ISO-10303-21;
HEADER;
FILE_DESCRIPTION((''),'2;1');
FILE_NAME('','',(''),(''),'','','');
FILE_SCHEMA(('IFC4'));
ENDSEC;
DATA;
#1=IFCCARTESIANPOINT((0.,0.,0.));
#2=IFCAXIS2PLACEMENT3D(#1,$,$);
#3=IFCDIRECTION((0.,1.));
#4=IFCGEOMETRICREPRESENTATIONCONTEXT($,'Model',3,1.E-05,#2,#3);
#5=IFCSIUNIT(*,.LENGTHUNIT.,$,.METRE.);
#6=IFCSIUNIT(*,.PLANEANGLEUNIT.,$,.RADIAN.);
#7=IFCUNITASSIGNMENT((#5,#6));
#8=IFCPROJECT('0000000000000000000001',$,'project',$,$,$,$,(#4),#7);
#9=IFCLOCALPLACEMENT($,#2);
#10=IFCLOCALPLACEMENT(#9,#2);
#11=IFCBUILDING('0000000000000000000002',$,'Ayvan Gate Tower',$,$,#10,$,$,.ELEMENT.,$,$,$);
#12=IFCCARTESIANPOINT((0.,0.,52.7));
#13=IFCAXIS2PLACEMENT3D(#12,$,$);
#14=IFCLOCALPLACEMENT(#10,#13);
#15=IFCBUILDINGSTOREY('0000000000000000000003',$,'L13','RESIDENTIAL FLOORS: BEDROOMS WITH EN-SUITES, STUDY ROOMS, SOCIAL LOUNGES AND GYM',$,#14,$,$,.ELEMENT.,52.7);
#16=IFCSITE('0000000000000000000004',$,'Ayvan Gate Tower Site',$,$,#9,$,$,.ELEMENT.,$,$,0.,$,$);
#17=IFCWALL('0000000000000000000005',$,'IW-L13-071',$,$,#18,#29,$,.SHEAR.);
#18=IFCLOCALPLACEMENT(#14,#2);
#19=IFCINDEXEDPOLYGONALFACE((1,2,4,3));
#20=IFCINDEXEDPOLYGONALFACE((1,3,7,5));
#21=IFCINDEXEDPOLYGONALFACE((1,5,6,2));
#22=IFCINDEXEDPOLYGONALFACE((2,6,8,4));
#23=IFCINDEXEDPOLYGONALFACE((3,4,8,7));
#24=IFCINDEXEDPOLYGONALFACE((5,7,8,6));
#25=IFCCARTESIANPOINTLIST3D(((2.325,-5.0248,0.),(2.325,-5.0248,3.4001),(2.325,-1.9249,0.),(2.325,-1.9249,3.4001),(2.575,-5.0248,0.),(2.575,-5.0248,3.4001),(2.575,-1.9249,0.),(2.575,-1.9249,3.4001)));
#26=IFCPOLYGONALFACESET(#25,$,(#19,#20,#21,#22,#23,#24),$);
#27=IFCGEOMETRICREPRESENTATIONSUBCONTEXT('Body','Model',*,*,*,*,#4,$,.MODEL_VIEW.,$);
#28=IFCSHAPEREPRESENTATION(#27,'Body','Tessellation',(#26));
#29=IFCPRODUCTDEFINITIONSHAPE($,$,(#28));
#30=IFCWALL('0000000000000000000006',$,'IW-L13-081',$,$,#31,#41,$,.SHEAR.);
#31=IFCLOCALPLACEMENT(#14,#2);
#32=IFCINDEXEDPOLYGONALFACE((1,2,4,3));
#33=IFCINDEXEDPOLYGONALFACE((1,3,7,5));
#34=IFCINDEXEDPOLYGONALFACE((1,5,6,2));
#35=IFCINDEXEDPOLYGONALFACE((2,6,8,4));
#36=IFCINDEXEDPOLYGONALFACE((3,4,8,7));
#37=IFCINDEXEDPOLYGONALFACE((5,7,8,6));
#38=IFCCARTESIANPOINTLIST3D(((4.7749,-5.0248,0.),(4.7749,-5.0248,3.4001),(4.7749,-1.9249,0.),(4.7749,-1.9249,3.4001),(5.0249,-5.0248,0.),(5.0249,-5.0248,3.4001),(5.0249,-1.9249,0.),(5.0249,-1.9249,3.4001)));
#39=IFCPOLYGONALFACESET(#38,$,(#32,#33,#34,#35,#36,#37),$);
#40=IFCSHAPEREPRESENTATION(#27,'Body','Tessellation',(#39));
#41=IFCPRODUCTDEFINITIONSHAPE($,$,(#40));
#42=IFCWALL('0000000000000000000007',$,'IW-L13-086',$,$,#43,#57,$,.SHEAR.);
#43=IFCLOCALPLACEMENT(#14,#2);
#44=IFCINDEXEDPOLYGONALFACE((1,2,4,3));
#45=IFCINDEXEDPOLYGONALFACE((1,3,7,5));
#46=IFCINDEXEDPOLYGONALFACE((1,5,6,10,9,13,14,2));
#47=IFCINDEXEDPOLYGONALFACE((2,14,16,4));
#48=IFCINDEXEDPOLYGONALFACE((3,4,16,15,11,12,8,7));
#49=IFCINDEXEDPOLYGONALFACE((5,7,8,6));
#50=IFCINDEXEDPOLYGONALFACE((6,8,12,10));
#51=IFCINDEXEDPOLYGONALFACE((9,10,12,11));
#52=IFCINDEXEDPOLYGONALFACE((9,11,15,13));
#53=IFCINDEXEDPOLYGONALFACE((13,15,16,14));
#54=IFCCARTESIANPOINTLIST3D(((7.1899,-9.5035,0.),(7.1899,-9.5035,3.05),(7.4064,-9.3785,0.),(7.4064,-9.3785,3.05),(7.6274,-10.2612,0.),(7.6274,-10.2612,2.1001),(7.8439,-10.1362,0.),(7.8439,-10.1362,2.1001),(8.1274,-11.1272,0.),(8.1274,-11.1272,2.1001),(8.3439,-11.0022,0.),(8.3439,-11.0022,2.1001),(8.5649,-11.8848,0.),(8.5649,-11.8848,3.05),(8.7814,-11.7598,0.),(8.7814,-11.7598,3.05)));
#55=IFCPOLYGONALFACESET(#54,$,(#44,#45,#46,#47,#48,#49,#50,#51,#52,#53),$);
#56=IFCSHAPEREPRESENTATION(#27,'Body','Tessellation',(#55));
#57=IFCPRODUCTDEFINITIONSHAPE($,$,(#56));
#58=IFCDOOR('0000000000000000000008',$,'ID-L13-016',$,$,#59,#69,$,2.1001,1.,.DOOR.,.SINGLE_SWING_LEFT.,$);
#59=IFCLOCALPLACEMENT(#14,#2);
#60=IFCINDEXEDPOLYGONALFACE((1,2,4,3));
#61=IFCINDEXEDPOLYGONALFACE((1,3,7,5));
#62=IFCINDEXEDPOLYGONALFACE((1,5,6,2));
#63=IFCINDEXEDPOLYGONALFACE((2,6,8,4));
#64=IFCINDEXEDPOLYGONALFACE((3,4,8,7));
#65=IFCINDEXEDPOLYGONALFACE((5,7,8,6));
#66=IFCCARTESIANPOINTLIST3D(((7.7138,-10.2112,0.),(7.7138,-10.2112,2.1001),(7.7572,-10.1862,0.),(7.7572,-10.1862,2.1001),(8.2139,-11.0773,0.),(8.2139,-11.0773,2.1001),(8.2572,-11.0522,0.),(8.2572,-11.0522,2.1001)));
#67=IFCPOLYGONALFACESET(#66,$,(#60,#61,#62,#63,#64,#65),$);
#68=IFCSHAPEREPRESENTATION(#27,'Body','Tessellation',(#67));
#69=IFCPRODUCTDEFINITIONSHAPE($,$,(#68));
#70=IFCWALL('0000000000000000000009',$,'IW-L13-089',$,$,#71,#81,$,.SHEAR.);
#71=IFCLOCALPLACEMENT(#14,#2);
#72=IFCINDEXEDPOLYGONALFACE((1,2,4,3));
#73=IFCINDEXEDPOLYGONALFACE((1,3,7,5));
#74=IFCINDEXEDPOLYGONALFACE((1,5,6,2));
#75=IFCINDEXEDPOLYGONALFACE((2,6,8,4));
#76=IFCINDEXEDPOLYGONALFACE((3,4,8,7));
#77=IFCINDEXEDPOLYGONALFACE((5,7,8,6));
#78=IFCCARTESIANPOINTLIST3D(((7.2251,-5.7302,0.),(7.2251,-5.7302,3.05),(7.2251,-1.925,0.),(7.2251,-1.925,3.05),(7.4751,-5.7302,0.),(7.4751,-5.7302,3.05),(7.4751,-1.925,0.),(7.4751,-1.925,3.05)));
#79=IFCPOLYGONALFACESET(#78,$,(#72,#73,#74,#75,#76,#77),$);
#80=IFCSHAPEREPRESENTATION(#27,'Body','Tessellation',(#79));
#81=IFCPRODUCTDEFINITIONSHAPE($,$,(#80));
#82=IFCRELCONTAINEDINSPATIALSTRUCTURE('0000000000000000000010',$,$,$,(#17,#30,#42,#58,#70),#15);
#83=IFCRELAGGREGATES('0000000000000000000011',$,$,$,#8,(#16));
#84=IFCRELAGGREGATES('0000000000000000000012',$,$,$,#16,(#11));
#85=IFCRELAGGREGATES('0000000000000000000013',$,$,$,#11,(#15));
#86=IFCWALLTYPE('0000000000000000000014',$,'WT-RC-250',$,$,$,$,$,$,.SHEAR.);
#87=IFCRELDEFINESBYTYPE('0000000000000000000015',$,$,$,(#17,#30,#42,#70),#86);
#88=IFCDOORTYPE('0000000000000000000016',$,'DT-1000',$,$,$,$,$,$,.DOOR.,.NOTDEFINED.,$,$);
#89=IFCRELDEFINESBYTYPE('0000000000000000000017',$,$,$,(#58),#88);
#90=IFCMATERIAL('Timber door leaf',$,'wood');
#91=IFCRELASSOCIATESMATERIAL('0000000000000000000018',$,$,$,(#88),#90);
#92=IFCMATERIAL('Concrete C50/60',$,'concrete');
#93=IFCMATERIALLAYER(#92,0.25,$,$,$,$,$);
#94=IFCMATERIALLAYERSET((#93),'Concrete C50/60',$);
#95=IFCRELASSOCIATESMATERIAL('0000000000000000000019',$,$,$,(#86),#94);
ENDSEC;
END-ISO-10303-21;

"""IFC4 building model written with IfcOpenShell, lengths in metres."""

from ifc_helpers import new_model, si_unit, direction, frame, frame_2d, origin, place, context, subcontext, project, spatial, rectangle, extrude, material, layer, layer_set, type_object, element, fill, save


model = new_model("IFC4")

# Units and contexts
model_context = context("Model", 3, precision=1e-05, world=origin(), true_north=direction((0.0, 1.0)))
body_context = subcontext(model_context, "Body", "Model", "MODEL_VIEW")
ifc_project = project(units=[si_unit("LENGTHUNIT", "METRE"), si_unit("PLANEANGLEUNIT", "RADIAN")], contexts=[model_context])

# Site, building, storey
site_placement = place(None, origin())
site = spatial("IfcSite", under=ifc_project, at=site_placement, Name="Ayvan Gate Tower Site", CompositionType="ELEMENT", RefElevation=0.0)
building_placement = place(site_placement, origin())
building = spatial("IfcBuilding", under=site, at=building_placement, Name="Ayvan Gate Tower", CompositionType="ELEMENT")
storey_placement = place(building_placement, frame((0.0, 0.0, 52.7)))
storey = spatial("IfcBuildingStorey", under=building, at=storey_placement, Name="L13", Description="RESIDENTIAL FLOORS: BEDROOMS WITH EN-SUITES, STUDY ROOMS, SOCIAL LOUNGES AND GYM", CompositionType="ELEMENT", Elevation=52.7)

# Shared definitions
ifc_material_1 = material(Name="Timber door leaf", Category="wood")

# Shared definitions
door_type_1 = type_object("IfcDoorType", Name="DT-1000", OperationType="NOTDEFINED", PredefinedType="DOOR", material=ifc_material_1)

# Shared definitions
ifc_material_2 = material(Name="Concrete C50/60", Category="concrete")
ifc_layer_1 = layer(ifc_material_2, 0.25)
ifc_layer_set_1 = layer_set([ifc_layer_1], Name="Concrete C50/60")
wall_type_1 = type_object("IfcWallType", Name="WT-RC-250", PredefinedType="SHEAR", material=ifc_layer_set_1)

# Walls
for number, where, z_axis, x_axis, name in (
    (1, (2.45, -1.925, 0.0), (0.0, 0.0, 1.0), (0.0, -1.0, 0.0), "IW-L13-071"),
    (2, (4.8999, -1.925, 0.0), (0.0, 0.0, 1.0), (0.0, -1.0, 0.0), "IW-L13-081"),
):
    element("IfcWall", number, at=place(storey_placement, frame(where, z_axis=z_axis, x_axis=x_axis)), inside=storey, type_object=wall_type_1, Name=name, PredefinedType="SHEAR", context=body_context, shape_type="SweptSolid", body=[
        extrude(rectangle(XDim=3.0999, YDim=0.25, at=frame_2d((1.5498, 0.0))), origin(), (0.0, 0.0, 1.0), 3.4001),
    ])

# Wall, opening, door
wall_1_placement = place(storey_placement, frame((7.2981, -9.4409, 0.0), z_axis=(0.0, 0.0, 1.0), x_axis=(0.500035, -0.866005, 0.0)))
wall_1 = element("IfcWall", 3, at=wall_1_placement, inside=storey, type_object=wall_type_1, Name="IW-L13-086", PredefinedType="SHEAR", context=body_context, shape_type="SweptSolid", body=[
    extrude(rectangle(XDim=2.7498, YDim=0.25, at=frame_2d((1.375, 0.0))), origin(), (0.0, 0.0, 1.0), 3.05),
])
opening_1_placement = place(wall_1_placement, frame((0.875, 0.0, 0.0)))
opening_1 = element("IfcOpeningElement", 4, at=opening_1_placement, cuts=wall_1, PredefinedType="OPENING", context=body_context, shape_type="SweptSolid", body=[
    extrude(rectangle(XDim=1.0, YDim=2.1001, at=frame_2d((0.5, 1.05))), frame((0.0, 0.135, 0.0), z_axis=(0.0, -1.0, 0.0), x_axis=(1.0, 0.0, 0.0)), (0.0, 0.0, 1.0), 0.27),
])
door_1_placement = place(opening_1_placement, origin())
door_1 = element("IfcDoor", 5, at=door_1_placement, inside=storey, type_object=door_type_1, Name="ID-L13-016", OperationType="SINGLE_SWING_LEFT", OverallHeight=2.1001, OverallWidth=1.0, PredefinedType="DOOR", context=body_context, shape_type="SweptSolid", body=[
    extrude(rectangle(XDim=1.0, YDim=2.1001, at=frame_2d((0.5, 1.05))), frame((0.0, 0.0249, 0.0), z_axis=(0.0, -1.0, 0.0), x_axis=(1.0, 0.0, 0.0)), (0.0, 0.0, 1.0), 0.05),
])
fill(opening_1, door_1)

# Wall
wall_2_placement = place(storey_placement, frame((7.3501, -1.925, 0.0), z_axis=(0.0, 0.0, 1.0), x_axis=(0.0, -1.0, 0.0)))
element("IfcWall", 6, at=wall_2_placement, inside=storey, type_object=wall_type_1, Name="IW-L13-089", PredefinedType="SHEAR", context=body_context, shape_type="SweptSolid", body=[
    extrude(rectangle(XDim=3.8052, YDim=0.25, at=frame_2d((1.9026, 0.0))), origin(), (0.0, 0.0, 1.0), 3.05),
])

save(model, "model.ifc")
